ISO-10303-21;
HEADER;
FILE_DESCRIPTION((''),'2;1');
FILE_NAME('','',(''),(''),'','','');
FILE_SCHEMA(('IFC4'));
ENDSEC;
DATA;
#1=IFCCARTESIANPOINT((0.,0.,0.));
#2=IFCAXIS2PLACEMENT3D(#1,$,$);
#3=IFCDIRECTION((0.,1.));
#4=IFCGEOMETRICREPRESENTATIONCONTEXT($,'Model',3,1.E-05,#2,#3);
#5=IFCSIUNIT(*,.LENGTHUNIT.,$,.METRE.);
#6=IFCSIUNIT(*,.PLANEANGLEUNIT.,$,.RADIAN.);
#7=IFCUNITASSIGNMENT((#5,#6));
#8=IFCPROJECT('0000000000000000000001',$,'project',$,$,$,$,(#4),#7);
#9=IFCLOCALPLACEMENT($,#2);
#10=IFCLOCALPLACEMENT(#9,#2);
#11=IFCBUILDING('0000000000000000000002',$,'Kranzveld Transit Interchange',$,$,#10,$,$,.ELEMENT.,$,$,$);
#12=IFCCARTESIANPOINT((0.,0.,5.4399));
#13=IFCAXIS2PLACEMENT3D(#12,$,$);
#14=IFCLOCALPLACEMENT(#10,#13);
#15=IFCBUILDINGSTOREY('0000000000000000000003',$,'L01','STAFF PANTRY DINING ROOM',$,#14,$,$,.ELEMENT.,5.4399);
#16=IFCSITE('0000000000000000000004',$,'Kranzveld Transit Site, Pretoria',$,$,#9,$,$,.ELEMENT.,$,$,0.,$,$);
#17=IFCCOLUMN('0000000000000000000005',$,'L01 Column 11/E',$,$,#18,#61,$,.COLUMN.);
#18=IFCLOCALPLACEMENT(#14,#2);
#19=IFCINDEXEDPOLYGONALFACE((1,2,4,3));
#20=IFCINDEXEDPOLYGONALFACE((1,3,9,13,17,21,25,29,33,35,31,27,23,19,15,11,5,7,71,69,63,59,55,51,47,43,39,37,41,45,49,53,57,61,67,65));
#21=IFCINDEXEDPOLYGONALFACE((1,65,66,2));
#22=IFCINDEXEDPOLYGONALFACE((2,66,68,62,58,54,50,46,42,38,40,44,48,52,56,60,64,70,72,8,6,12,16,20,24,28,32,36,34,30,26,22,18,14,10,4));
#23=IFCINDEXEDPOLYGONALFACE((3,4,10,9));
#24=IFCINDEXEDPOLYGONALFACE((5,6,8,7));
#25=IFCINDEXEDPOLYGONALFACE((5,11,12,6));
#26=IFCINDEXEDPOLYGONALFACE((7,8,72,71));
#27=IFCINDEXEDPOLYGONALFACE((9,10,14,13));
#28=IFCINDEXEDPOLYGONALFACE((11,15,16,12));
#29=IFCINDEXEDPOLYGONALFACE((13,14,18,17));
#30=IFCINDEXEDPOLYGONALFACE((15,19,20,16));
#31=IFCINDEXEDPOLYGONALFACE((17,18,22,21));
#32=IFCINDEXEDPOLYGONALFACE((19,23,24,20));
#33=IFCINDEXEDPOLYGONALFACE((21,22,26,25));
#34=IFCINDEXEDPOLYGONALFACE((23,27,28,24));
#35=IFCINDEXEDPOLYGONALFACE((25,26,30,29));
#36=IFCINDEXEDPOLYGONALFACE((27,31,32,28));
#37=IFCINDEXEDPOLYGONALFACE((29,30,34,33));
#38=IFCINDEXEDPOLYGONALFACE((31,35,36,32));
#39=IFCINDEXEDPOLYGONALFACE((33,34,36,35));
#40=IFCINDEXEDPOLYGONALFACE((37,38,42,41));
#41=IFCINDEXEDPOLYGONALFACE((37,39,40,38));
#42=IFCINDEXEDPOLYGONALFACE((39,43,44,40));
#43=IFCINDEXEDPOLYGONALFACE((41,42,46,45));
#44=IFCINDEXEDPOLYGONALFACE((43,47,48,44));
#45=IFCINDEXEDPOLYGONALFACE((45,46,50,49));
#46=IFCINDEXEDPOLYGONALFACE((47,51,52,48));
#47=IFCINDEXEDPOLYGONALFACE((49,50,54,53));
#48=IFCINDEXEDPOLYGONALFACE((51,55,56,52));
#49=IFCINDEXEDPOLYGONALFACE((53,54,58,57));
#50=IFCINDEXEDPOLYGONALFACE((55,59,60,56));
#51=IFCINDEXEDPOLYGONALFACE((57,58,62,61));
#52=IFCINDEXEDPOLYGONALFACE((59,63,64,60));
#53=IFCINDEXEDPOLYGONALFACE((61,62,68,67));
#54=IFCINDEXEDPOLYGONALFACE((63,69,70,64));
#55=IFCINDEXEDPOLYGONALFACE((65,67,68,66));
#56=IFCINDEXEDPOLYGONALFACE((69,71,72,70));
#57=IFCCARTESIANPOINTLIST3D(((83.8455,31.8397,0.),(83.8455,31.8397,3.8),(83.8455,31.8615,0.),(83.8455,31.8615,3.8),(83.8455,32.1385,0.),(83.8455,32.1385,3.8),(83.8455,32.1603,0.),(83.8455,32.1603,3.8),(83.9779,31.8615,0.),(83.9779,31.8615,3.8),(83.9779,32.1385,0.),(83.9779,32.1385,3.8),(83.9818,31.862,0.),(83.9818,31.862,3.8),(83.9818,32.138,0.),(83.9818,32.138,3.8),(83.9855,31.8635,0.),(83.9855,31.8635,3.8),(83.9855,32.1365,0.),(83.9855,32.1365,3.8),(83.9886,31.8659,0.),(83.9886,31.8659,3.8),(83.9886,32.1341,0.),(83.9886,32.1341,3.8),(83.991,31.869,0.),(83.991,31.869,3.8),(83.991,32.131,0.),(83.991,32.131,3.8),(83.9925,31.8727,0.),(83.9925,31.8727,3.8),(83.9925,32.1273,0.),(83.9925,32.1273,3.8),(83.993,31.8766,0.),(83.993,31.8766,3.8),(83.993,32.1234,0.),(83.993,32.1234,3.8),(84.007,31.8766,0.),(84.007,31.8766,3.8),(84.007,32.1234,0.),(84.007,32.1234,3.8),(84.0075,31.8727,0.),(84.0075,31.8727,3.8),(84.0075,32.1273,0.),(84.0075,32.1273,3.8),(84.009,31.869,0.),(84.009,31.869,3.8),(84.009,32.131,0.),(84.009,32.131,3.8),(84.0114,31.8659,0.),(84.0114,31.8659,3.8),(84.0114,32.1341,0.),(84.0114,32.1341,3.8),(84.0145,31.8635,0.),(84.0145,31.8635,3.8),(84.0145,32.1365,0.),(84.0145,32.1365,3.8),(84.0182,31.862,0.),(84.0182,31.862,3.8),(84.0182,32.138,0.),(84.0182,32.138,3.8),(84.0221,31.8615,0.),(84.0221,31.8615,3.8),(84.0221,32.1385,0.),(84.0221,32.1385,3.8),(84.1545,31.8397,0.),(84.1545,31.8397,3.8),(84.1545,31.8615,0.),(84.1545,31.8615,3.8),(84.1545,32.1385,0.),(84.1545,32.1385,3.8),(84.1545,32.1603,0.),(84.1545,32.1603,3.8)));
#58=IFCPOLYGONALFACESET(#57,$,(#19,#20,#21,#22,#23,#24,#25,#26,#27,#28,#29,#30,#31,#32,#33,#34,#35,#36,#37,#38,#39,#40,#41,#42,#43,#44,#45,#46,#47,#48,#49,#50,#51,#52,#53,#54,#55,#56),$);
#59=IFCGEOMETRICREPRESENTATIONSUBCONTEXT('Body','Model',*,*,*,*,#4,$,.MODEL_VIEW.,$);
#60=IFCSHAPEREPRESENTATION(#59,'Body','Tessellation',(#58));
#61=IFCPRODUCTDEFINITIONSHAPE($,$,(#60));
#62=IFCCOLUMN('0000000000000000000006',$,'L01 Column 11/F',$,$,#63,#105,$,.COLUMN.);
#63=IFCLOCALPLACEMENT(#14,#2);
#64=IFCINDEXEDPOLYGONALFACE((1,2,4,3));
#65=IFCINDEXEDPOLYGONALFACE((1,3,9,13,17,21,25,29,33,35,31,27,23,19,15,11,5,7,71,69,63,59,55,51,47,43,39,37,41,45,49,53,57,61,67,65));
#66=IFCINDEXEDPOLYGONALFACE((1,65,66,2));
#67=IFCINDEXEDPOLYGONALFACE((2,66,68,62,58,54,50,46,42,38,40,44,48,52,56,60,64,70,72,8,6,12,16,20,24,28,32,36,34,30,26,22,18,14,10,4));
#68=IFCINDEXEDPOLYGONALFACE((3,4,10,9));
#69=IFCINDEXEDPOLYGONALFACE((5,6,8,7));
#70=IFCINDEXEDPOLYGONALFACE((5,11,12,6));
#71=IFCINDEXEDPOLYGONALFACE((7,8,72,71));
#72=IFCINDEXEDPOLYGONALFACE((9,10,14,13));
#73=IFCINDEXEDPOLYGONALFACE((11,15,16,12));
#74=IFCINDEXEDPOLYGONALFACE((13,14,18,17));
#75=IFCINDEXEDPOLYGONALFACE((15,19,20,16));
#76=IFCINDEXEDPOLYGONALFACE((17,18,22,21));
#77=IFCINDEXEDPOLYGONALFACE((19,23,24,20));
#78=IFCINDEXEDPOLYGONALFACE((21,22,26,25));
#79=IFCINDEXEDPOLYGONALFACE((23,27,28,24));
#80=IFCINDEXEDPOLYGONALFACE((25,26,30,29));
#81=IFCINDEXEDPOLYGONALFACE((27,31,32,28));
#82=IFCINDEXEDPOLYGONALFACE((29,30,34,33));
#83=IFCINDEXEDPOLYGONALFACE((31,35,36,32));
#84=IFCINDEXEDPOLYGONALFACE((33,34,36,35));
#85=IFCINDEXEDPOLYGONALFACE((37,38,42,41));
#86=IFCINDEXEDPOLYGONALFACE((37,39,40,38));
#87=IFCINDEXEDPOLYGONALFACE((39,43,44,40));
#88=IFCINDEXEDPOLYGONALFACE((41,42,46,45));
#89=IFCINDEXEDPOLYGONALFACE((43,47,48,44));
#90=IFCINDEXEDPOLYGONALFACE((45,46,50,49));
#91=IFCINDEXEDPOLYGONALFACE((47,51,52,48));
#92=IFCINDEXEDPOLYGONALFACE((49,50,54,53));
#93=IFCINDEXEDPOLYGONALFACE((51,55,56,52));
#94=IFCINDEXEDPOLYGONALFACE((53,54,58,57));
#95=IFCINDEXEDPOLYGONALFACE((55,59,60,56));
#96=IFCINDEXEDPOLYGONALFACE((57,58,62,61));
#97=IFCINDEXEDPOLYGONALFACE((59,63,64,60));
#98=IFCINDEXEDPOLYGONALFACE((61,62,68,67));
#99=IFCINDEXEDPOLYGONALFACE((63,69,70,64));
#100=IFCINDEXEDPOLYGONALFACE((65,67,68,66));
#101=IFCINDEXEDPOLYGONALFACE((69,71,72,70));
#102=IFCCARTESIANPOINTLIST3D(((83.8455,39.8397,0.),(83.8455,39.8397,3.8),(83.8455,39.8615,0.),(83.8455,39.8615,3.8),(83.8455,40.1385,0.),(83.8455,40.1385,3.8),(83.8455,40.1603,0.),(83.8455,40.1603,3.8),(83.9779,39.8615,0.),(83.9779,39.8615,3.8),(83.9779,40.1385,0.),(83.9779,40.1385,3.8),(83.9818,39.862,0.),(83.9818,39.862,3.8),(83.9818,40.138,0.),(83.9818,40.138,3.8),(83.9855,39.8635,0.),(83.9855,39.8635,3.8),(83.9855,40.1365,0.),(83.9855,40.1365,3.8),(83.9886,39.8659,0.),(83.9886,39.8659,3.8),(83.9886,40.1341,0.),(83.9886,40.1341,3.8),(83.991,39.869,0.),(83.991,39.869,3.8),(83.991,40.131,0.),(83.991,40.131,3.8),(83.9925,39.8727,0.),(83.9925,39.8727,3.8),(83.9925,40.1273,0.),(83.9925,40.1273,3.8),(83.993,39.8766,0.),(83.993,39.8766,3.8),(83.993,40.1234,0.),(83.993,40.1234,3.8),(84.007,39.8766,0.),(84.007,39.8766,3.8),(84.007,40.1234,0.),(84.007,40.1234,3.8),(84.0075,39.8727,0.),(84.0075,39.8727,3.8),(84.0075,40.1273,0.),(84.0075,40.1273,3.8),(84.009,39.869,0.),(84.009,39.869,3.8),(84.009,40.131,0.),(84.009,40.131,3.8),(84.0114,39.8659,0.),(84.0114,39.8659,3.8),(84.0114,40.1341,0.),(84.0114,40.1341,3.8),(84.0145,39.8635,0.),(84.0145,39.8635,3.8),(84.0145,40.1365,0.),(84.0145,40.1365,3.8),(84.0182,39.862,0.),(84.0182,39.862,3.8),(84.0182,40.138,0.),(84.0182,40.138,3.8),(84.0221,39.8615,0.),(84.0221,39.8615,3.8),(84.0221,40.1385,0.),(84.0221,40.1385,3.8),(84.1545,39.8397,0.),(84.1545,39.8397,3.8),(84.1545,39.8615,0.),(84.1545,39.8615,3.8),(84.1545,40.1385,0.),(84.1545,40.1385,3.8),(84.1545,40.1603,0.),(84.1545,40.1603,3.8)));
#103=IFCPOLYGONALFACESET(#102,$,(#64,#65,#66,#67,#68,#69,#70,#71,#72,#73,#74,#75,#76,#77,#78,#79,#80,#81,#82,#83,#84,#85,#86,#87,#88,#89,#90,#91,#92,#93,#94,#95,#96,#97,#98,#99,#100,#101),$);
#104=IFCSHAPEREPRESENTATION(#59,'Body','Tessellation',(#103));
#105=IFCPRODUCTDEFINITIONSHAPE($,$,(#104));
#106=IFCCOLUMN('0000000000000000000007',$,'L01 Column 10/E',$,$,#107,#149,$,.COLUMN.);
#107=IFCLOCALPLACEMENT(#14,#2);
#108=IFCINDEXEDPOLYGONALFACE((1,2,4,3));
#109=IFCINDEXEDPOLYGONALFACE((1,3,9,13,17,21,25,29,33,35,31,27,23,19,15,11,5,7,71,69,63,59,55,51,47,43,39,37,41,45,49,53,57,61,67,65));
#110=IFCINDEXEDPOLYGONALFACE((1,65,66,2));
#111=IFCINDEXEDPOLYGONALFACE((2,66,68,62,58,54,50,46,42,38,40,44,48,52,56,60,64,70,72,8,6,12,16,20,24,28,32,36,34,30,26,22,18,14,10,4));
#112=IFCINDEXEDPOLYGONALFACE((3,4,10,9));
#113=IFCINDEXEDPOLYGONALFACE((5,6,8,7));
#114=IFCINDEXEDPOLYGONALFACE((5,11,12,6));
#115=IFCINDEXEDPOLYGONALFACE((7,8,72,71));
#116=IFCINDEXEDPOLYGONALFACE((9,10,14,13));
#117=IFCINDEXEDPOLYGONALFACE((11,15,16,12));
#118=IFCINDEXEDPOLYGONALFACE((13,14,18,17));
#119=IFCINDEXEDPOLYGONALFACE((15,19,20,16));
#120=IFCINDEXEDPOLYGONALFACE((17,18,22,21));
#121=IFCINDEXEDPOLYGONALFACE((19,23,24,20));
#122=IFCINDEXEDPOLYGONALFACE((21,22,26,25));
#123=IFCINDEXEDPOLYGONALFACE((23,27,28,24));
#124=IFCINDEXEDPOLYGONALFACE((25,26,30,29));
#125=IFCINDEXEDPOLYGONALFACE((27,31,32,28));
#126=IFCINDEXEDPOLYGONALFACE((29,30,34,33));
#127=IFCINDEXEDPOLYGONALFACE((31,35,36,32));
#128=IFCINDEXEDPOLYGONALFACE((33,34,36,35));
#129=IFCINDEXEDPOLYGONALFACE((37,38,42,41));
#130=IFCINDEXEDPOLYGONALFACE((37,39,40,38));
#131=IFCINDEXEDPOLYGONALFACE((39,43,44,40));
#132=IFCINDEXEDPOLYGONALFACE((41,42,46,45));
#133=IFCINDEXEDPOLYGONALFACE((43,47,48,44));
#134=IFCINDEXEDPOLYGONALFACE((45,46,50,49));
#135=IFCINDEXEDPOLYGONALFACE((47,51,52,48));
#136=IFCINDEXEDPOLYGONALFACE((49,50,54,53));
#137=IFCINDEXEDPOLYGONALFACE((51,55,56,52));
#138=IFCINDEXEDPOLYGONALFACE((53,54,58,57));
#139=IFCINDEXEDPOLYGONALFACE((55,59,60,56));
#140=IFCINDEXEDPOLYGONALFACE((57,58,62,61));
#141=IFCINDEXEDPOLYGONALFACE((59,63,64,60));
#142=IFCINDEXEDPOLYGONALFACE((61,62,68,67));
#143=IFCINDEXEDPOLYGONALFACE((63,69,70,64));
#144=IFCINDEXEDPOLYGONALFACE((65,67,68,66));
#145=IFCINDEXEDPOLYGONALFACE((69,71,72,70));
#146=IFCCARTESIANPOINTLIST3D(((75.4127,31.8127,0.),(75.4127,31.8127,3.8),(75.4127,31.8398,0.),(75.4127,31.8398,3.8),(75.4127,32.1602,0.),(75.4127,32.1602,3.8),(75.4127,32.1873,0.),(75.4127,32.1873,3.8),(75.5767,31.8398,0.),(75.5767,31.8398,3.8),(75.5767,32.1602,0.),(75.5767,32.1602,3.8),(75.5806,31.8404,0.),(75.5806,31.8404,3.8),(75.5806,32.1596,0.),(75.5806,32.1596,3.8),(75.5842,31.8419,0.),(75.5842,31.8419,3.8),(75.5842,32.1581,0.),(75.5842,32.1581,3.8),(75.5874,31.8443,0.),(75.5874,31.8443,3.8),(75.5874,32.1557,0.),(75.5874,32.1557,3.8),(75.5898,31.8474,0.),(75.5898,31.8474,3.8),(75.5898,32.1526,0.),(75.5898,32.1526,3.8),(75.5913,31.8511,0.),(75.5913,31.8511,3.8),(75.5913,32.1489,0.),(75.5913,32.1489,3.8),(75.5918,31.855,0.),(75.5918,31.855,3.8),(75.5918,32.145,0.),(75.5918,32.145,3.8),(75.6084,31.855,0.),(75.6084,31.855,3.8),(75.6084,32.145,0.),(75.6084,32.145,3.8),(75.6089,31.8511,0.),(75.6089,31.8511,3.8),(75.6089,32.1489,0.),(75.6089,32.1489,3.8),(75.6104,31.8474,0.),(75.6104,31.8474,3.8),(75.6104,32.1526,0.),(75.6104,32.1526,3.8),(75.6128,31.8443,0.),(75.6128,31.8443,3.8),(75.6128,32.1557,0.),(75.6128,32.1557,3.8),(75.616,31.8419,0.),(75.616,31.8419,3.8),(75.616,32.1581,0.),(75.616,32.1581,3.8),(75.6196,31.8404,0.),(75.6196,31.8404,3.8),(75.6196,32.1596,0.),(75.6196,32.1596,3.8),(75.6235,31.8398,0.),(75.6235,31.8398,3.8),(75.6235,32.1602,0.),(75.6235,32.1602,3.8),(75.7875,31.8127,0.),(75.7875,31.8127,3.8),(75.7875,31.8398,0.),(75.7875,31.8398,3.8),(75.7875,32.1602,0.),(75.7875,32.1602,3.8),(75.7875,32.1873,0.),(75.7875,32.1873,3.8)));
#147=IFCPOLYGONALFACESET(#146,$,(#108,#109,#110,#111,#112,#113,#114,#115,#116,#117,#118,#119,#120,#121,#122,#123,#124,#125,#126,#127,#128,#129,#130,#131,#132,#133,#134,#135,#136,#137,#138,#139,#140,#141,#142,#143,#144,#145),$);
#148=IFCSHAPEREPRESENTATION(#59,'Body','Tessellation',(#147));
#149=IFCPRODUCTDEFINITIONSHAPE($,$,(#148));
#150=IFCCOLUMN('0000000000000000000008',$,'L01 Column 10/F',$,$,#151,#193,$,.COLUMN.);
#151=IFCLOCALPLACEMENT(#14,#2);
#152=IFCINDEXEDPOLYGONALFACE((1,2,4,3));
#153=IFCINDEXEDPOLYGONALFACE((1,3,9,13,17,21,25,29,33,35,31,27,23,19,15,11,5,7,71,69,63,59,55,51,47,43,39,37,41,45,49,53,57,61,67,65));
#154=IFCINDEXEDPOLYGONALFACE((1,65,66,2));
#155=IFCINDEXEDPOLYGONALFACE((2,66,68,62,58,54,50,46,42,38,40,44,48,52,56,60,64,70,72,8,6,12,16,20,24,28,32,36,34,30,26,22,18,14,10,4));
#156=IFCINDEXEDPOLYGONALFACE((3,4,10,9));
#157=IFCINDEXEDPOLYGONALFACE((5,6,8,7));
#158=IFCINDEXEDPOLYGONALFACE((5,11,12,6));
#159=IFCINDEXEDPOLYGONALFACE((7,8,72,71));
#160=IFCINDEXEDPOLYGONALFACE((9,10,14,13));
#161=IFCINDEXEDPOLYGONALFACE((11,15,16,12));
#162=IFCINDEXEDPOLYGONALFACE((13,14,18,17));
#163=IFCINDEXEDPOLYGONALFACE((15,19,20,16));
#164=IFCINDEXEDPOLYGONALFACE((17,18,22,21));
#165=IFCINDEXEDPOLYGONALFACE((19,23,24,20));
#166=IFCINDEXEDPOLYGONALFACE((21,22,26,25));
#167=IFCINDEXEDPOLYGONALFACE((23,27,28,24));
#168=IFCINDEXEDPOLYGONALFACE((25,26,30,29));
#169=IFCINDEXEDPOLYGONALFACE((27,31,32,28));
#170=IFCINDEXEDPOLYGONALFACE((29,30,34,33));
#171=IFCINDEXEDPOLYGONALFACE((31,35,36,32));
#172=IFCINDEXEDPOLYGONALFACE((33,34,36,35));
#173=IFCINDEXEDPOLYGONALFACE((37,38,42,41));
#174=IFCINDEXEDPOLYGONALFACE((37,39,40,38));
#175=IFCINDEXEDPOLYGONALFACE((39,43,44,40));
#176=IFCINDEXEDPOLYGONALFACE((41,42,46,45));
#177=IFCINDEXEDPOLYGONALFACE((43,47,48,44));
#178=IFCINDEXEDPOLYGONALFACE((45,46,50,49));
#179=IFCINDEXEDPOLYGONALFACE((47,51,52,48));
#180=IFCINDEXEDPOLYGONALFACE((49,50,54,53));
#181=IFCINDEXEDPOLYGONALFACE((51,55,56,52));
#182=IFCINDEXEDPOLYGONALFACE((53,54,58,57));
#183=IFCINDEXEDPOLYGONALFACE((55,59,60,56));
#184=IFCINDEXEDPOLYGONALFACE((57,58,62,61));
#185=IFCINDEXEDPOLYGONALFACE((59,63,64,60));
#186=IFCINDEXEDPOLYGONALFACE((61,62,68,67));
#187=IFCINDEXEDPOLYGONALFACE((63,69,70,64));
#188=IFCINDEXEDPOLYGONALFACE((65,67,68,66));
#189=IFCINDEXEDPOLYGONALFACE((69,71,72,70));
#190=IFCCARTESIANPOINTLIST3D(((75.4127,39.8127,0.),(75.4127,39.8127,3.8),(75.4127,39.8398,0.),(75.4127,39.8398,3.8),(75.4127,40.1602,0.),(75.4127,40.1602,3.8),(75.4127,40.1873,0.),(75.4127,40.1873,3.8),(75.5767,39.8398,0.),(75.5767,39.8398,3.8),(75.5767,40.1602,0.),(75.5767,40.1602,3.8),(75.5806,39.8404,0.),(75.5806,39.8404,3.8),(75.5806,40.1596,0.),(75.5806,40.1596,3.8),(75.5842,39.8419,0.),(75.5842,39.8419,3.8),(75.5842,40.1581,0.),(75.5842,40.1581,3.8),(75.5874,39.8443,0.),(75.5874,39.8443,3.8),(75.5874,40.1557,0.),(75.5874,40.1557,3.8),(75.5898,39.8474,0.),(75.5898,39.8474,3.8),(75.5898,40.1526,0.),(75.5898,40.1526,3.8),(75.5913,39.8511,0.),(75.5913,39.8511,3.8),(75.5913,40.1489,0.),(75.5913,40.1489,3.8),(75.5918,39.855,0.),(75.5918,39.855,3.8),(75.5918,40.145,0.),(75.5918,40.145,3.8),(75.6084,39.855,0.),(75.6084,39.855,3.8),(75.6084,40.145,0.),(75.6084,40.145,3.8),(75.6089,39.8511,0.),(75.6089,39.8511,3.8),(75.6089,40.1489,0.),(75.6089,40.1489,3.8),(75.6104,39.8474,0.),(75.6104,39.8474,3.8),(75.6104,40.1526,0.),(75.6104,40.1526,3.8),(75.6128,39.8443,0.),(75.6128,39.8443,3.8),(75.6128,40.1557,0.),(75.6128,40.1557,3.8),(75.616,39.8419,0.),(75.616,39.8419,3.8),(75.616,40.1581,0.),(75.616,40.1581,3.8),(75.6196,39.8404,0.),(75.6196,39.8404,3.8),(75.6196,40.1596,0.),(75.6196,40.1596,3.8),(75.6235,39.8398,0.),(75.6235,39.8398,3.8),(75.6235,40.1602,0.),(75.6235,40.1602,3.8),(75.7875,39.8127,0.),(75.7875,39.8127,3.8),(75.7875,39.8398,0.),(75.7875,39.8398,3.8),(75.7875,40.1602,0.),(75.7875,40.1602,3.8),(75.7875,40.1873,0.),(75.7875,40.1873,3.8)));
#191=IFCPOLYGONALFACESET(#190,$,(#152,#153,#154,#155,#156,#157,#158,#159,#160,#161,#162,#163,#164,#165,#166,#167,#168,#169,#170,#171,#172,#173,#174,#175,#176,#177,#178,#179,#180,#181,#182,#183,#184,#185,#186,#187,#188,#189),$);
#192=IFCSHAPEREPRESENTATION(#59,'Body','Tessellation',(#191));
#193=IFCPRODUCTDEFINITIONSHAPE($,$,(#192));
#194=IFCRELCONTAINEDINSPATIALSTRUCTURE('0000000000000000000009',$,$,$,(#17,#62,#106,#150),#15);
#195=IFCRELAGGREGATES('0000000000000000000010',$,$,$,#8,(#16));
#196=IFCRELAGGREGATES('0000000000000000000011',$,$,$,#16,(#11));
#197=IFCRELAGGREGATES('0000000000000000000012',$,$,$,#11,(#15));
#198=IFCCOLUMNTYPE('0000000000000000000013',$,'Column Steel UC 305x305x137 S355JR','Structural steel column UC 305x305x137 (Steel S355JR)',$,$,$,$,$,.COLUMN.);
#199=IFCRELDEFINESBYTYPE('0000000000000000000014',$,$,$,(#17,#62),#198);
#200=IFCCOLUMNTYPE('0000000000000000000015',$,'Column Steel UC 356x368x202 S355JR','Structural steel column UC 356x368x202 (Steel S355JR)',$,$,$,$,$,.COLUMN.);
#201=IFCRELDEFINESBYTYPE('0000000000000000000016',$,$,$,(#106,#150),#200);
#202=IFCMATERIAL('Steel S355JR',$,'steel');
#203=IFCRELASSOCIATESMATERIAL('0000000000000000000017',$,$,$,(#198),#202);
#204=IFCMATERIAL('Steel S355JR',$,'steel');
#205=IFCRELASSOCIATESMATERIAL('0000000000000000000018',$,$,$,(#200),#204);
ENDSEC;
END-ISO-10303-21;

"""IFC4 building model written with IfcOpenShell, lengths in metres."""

from ifc_helpers import new_model, si_unit, direction, frame, origin, origin_2d, place, context, subcontext, project, spatial, i_section, extrude, material, material_profile, profile_set, type_object, element, save


model = new_model("IFC4")

# Units and contexts
model_context = context("Model", 3, precision=1e-05, world=origin(), true_north=direction((0.0, 1.0)))
body_context = subcontext(model_context, "Body", "Model", "MODEL_VIEW")
ifc_project = project(units=[si_unit("LENGTHUNIT", "METRE"), si_unit("PLANEANGLEUNIT", "RADIAN")], contexts=[model_context])

# Site, building, storey
site_placement = place(None, origin())
site = spatial("IfcSite", under=ifc_project, at=site_placement, Name="Kranzveld Transit Site, Pretoria", CompositionType="ELEMENT", RefElevation=0.0)
building_placement = place(site_placement, origin())
building = spatial("IfcBuilding", under=site, at=building_placement, Name="Kranzveld Transit Interchange", CompositionType="ELEMENT")
storey_placement = place(building_placement, frame((0.0, 0.0, 5.4399)))
storey = spatial("IfcBuildingStorey", under=building, at=storey_placement, Name="L01", Description="STAFF PANTRY DINING ROOM", CompositionType="ELEMENT", Elevation=5.4399)

# Columns
ifc_material_1 = material(Name="Steel S355JR", Category="steel")
ifc_material_profile_1 = material_profile(ifc_material_1, i_section(OverallWidth=0.3091, OverallDepth=0.3206, WebThickness=0.0139, FlangeThickness=0.0217, FilletRadius=0.0151, at=origin_2d()), Name="UC 305x305x137")
ifc_profile_set_1 = profile_set([ifc_material_profile_1], Name="Steel S355JR")
column_type_1 = type_object("IfcColumnType", Name="Column Steel UC 305x305x137 S355JR", Description="Structural steel column UC 305x305x137 (Steel S355JR)", PredefinedType="COLUMN", material=ifc_profile_set_1)
for number, where, z_axis, x_axis, name in (
    (1, (84.0, 32.0, 0.0), (0.0, 0.0, 1.0), (1.0, 0.0, 0.0), "L01 Column 11/E"),
    (2, (84.0, 40.0, 0.0), (0.0, 0.0, 1.0), (1.0, 0.0, 0.0), "L01 Column 11/F"),
):
    element("IfcColumn", number, at=place(storey_placement, frame(where, z_axis=z_axis, x_axis=x_axis)), inside=storey, type_object=column_type_1, Name=name, PredefinedType="COLUMN", context=body_context, shape_type="SweptSolid", body=[
        extrude(i_section(OverallWidth=0.3091, OverallDepth=0.3206, WebThickness=0.0139, FlangeThickness=0.0217, FilletRadius=0.0151, at=origin_2d()), origin(), (0.0, 0.0, 1.0), 3.8),
    ])
ifc_material_2 = material(Name="Steel S355JR", Category="steel")
ifc_material_profile_2 = material_profile(ifc_material_2, i_section(OverallWidth=0.3748, OverallDepth=0.3745, WebThickness=0.0166, FlangeThickness=0.0271, FilletRadius=0.0151, at=origin_2d()), Name="UC 356x368x202")
ifc_profile_set_2 = profile_set([ifc_material_profile_2], Name="Steel S355JR")
column_type_2 = type_object("IfcColumnType", Name="Column Steel UC 356x368x202 S355JR", Description="Structural steel column UC 356x368x202 (Steel S355JR)", PredefinedType="COLUMN", material=ifc_profile_set_2)
for number, where, z_axis, x_axis, name in (
    (3, (75.6001, 32.0, 0.0), (0.0, 0.0, 1.0), (1.0, 0.0, 0.0), "L01 Column 10/E"),
    (4, (75.6001, 40.0, 0.0), (0.0, 0.0, 1.0), (1.0, 0.0, 0.0), "L01 Column 10/F"),
):
    element("IfcColumn", number, at=place(storey_placement, frame(where, z_axis=z_axis, x_axis=x_axis)), inside=storey, type_object=column_type_2, Name=name, PredefinedType="COLUMN", context=body_context, shape_type="SweptSolid", body=[
        extrude(i_section(OverallWidth=0.3748, OverallDepth=0.3745, WebThickness=0.0166, FlangeThickness=0.0271, FilletRadius=0.0151, at=origin_2d()), origin(), (0.0, 0.0, 1.0), 3.8),
    ])

save(model, "model.ifc")
